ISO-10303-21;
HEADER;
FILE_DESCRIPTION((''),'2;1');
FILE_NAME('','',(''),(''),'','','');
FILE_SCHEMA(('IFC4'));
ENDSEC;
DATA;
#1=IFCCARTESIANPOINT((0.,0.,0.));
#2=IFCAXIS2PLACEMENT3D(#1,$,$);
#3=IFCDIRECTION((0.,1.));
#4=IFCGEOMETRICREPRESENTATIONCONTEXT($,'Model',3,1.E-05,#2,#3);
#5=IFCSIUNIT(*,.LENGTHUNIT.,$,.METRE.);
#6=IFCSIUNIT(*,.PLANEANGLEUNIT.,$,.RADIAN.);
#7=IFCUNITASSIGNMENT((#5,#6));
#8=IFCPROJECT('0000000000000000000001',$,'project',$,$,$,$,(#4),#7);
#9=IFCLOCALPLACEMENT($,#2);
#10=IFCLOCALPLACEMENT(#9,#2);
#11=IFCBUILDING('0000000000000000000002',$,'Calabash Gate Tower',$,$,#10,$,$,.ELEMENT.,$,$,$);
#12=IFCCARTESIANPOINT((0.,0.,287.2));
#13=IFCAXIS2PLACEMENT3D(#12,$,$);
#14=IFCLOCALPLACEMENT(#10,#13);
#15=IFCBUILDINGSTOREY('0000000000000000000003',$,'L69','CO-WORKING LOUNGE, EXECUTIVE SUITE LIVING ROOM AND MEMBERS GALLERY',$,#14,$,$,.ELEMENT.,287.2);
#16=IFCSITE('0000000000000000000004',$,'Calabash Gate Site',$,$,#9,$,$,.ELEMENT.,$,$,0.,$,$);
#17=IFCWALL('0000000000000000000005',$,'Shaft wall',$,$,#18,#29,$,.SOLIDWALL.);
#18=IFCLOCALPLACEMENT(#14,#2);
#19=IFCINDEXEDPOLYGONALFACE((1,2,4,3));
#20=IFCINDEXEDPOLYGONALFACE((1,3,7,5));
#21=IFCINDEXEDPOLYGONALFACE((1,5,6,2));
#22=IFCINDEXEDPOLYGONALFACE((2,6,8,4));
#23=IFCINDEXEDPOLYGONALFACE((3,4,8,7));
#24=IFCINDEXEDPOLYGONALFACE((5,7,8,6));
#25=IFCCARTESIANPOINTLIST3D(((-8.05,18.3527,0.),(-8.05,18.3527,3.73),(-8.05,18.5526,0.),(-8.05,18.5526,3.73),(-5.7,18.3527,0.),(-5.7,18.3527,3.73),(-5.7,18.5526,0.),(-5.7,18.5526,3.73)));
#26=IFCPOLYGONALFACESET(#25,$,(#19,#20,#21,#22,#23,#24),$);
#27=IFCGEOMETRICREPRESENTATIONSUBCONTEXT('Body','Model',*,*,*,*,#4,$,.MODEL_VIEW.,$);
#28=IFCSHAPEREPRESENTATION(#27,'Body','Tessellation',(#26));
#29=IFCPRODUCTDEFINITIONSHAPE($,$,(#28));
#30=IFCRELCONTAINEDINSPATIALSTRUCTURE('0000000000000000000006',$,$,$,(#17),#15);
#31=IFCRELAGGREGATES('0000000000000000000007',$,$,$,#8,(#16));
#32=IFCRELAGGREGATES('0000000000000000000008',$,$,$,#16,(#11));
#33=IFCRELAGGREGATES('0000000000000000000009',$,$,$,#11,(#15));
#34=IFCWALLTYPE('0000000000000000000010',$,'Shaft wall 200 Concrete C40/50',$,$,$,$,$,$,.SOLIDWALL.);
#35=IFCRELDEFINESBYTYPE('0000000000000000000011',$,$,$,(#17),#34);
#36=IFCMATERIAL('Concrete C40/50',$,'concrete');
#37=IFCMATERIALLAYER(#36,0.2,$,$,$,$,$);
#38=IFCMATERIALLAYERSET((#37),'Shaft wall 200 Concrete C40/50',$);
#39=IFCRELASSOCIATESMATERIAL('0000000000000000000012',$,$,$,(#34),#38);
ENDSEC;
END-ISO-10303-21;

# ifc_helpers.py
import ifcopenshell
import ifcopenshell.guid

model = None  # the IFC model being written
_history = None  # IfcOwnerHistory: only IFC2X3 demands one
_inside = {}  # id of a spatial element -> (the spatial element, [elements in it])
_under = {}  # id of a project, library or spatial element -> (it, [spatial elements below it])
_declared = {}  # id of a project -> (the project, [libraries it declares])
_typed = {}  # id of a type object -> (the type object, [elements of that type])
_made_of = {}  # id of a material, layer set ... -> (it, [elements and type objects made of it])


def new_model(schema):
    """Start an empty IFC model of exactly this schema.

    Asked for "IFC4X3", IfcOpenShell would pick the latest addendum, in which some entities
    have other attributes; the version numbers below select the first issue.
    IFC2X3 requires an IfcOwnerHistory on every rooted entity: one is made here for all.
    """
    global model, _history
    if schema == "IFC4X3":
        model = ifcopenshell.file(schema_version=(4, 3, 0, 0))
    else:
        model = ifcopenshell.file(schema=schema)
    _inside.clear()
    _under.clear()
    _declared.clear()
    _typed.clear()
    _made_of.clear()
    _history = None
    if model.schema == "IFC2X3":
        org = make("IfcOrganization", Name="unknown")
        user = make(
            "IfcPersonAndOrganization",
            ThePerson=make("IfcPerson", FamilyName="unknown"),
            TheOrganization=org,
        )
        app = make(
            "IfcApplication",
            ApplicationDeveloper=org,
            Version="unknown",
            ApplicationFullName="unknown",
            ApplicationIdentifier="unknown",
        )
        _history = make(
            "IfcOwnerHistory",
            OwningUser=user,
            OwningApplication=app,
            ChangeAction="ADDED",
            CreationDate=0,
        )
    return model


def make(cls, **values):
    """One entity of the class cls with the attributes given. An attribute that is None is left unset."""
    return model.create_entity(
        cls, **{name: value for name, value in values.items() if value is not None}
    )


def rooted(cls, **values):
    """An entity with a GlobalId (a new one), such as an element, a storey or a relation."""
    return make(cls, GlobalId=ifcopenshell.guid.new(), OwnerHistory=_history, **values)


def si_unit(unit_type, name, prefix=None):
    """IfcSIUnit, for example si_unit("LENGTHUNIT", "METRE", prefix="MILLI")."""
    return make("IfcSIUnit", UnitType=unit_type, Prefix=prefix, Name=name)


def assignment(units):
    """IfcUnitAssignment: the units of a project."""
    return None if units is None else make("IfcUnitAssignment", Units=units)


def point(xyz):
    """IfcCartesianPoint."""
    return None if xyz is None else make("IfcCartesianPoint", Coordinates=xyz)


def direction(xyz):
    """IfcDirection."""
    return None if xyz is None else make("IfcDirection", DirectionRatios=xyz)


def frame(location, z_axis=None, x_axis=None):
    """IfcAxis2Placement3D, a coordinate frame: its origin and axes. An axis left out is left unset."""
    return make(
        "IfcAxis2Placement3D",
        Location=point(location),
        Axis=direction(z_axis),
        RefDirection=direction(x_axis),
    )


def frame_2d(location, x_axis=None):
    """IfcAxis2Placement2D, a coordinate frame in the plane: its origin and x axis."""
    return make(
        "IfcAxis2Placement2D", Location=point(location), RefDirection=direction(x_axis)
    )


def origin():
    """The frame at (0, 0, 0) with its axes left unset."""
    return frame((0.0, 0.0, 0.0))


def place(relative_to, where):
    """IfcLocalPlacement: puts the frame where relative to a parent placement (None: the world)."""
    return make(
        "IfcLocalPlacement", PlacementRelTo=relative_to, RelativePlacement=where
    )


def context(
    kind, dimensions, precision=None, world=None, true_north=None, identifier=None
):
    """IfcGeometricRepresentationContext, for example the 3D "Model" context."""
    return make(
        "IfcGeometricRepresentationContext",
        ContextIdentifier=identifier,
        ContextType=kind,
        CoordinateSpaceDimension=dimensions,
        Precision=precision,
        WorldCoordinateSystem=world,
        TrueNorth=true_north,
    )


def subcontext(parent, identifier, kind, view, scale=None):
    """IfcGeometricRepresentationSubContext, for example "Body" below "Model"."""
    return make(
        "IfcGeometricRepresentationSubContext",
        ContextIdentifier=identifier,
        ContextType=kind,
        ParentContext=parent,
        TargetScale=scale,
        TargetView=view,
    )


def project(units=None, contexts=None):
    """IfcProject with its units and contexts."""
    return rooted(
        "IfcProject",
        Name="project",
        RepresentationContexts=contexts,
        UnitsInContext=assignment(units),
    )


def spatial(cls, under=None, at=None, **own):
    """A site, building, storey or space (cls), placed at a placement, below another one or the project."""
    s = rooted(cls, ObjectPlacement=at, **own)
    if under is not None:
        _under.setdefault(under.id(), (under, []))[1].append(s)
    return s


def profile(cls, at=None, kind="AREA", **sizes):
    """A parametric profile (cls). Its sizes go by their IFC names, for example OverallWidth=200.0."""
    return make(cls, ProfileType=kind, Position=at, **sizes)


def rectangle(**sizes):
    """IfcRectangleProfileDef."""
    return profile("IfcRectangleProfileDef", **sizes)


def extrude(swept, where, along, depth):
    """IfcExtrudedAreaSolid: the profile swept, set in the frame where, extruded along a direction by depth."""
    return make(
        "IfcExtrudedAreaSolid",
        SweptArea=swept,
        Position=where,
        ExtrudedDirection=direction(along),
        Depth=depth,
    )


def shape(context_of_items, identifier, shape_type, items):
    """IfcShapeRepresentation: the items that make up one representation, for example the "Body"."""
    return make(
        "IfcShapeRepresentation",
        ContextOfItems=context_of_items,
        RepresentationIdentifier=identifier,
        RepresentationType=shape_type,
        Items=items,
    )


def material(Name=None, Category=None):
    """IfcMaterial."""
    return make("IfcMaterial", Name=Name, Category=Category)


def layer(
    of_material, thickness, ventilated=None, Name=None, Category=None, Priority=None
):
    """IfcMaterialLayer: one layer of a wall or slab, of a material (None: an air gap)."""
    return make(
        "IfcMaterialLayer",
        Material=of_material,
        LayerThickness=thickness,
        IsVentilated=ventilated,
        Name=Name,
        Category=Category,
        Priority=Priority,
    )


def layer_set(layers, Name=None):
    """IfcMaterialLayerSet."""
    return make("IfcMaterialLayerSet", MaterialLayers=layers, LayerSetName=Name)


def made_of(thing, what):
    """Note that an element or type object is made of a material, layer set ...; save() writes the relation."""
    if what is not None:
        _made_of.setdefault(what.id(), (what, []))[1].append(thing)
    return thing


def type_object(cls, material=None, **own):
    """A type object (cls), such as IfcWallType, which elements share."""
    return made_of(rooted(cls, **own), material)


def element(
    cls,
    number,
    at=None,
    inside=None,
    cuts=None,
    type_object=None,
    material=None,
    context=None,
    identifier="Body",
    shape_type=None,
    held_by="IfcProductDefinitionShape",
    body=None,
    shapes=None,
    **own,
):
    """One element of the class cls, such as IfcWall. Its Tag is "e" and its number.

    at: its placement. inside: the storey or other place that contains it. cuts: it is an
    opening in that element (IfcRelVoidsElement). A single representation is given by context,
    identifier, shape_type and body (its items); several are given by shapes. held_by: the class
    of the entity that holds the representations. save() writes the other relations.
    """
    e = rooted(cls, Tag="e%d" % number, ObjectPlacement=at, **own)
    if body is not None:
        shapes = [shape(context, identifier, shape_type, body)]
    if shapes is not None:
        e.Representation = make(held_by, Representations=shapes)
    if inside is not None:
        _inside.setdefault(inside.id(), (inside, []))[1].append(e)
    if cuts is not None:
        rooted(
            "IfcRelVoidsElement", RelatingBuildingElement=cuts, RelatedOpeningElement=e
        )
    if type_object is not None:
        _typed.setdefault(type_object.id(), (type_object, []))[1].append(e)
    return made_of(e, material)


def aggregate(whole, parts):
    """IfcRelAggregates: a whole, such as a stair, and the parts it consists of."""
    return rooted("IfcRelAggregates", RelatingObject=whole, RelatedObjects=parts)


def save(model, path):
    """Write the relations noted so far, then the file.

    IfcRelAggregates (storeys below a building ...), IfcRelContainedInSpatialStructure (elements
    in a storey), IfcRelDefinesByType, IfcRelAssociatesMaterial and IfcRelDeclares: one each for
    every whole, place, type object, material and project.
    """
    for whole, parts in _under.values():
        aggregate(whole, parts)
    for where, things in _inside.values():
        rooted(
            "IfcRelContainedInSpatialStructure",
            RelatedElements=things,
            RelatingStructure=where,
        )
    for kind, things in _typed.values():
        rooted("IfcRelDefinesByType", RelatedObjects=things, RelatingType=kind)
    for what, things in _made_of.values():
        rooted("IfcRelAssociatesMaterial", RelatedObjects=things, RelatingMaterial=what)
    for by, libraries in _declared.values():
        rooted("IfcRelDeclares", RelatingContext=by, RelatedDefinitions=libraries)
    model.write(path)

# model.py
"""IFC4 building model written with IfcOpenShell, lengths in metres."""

from ifc_helpers import new_model, si_unit, direction, frame, frame_2d, origin, place, context, subcontext, project, spatial, rectangle, extrude, material, layer, layer_set, type_object, element, save


model = new_model("IFC4")

# Units and contexts
model_context = context("Model", 3, precision=1e-05, world=origin(), true_north=direction((0.0, 1.0)))
body_context = subcontext(model_context, "Body", "Model", "MODEL_VIEW")
ifc_project = project(units=[si_unit("LENGTHUNIT", "METRE"), si_unit("PLANEANGLEUNIT", "RADIAN")], contexts=[model_context])

# Site, building, storey
site_placement = place(None, origin())
site = spatial("IfcSite", under=ifc_project, at=site_placement, Name="Calabash Gate Site", CompositionType="ELEMENT", RefElevation=0.0)
building_placement = place(site_placement, origin())
building = spatial("IfcBuilding", under=site, at=building_placement, Name="Calabash Gate Tower", CompositionType="ELEMENT")
storey_placement = place(building_placement, frame((0.0, 0.0, 287.2)))
storey = spatial("IfcBuildingStorey", under=building, at=storey_placement, Name="L69", Description="CO-WORKING LOUNGE, EXECUTIVE SUITE LIVING ROOM AND MEMBERS GALLERY", CompositionType="ELEMENT", Elevation=287.2)

# Shared definitions
ifc_material_1 = material(Name="Concrete C40/50", Category="concrete")
ifc_layer_1 = layer(ifc_material_1, 0.2)
ifc_layer_set_1 = layer_set([ifc_layer_1], Name="Shaft wall 200 Concrete C40/50")
wall_type_1 = type_object("IfcWallType", Name="Shaft wall 200 Concrete C40/50", PredefinedType="SOLIDWALL", material=ifc_layer_set_1)

# Wall
wall_1_placement = place(storey_placement, frame((-8.05, 18.4526, 0.0), z_axis=(0.0, 0.0, 1.0), x_axis=(1.0, 0.0, 0.0)))
element("IfcWall", 1, at=wall_1_placement, inside=storey, type_object=wall_type_1, Name="Shaft wall", PredefinedType="SOLIDWALL", context=body_context, shape_type="SweptSolid", body=[
    extrude(rectangle(XDim=2.3501, YDim=0.2, at=frame_2d((1.175, 0.0))), origin(), (0.0, 0.0, 1.0), 3.73),
])

save(model, "model.ifc")
